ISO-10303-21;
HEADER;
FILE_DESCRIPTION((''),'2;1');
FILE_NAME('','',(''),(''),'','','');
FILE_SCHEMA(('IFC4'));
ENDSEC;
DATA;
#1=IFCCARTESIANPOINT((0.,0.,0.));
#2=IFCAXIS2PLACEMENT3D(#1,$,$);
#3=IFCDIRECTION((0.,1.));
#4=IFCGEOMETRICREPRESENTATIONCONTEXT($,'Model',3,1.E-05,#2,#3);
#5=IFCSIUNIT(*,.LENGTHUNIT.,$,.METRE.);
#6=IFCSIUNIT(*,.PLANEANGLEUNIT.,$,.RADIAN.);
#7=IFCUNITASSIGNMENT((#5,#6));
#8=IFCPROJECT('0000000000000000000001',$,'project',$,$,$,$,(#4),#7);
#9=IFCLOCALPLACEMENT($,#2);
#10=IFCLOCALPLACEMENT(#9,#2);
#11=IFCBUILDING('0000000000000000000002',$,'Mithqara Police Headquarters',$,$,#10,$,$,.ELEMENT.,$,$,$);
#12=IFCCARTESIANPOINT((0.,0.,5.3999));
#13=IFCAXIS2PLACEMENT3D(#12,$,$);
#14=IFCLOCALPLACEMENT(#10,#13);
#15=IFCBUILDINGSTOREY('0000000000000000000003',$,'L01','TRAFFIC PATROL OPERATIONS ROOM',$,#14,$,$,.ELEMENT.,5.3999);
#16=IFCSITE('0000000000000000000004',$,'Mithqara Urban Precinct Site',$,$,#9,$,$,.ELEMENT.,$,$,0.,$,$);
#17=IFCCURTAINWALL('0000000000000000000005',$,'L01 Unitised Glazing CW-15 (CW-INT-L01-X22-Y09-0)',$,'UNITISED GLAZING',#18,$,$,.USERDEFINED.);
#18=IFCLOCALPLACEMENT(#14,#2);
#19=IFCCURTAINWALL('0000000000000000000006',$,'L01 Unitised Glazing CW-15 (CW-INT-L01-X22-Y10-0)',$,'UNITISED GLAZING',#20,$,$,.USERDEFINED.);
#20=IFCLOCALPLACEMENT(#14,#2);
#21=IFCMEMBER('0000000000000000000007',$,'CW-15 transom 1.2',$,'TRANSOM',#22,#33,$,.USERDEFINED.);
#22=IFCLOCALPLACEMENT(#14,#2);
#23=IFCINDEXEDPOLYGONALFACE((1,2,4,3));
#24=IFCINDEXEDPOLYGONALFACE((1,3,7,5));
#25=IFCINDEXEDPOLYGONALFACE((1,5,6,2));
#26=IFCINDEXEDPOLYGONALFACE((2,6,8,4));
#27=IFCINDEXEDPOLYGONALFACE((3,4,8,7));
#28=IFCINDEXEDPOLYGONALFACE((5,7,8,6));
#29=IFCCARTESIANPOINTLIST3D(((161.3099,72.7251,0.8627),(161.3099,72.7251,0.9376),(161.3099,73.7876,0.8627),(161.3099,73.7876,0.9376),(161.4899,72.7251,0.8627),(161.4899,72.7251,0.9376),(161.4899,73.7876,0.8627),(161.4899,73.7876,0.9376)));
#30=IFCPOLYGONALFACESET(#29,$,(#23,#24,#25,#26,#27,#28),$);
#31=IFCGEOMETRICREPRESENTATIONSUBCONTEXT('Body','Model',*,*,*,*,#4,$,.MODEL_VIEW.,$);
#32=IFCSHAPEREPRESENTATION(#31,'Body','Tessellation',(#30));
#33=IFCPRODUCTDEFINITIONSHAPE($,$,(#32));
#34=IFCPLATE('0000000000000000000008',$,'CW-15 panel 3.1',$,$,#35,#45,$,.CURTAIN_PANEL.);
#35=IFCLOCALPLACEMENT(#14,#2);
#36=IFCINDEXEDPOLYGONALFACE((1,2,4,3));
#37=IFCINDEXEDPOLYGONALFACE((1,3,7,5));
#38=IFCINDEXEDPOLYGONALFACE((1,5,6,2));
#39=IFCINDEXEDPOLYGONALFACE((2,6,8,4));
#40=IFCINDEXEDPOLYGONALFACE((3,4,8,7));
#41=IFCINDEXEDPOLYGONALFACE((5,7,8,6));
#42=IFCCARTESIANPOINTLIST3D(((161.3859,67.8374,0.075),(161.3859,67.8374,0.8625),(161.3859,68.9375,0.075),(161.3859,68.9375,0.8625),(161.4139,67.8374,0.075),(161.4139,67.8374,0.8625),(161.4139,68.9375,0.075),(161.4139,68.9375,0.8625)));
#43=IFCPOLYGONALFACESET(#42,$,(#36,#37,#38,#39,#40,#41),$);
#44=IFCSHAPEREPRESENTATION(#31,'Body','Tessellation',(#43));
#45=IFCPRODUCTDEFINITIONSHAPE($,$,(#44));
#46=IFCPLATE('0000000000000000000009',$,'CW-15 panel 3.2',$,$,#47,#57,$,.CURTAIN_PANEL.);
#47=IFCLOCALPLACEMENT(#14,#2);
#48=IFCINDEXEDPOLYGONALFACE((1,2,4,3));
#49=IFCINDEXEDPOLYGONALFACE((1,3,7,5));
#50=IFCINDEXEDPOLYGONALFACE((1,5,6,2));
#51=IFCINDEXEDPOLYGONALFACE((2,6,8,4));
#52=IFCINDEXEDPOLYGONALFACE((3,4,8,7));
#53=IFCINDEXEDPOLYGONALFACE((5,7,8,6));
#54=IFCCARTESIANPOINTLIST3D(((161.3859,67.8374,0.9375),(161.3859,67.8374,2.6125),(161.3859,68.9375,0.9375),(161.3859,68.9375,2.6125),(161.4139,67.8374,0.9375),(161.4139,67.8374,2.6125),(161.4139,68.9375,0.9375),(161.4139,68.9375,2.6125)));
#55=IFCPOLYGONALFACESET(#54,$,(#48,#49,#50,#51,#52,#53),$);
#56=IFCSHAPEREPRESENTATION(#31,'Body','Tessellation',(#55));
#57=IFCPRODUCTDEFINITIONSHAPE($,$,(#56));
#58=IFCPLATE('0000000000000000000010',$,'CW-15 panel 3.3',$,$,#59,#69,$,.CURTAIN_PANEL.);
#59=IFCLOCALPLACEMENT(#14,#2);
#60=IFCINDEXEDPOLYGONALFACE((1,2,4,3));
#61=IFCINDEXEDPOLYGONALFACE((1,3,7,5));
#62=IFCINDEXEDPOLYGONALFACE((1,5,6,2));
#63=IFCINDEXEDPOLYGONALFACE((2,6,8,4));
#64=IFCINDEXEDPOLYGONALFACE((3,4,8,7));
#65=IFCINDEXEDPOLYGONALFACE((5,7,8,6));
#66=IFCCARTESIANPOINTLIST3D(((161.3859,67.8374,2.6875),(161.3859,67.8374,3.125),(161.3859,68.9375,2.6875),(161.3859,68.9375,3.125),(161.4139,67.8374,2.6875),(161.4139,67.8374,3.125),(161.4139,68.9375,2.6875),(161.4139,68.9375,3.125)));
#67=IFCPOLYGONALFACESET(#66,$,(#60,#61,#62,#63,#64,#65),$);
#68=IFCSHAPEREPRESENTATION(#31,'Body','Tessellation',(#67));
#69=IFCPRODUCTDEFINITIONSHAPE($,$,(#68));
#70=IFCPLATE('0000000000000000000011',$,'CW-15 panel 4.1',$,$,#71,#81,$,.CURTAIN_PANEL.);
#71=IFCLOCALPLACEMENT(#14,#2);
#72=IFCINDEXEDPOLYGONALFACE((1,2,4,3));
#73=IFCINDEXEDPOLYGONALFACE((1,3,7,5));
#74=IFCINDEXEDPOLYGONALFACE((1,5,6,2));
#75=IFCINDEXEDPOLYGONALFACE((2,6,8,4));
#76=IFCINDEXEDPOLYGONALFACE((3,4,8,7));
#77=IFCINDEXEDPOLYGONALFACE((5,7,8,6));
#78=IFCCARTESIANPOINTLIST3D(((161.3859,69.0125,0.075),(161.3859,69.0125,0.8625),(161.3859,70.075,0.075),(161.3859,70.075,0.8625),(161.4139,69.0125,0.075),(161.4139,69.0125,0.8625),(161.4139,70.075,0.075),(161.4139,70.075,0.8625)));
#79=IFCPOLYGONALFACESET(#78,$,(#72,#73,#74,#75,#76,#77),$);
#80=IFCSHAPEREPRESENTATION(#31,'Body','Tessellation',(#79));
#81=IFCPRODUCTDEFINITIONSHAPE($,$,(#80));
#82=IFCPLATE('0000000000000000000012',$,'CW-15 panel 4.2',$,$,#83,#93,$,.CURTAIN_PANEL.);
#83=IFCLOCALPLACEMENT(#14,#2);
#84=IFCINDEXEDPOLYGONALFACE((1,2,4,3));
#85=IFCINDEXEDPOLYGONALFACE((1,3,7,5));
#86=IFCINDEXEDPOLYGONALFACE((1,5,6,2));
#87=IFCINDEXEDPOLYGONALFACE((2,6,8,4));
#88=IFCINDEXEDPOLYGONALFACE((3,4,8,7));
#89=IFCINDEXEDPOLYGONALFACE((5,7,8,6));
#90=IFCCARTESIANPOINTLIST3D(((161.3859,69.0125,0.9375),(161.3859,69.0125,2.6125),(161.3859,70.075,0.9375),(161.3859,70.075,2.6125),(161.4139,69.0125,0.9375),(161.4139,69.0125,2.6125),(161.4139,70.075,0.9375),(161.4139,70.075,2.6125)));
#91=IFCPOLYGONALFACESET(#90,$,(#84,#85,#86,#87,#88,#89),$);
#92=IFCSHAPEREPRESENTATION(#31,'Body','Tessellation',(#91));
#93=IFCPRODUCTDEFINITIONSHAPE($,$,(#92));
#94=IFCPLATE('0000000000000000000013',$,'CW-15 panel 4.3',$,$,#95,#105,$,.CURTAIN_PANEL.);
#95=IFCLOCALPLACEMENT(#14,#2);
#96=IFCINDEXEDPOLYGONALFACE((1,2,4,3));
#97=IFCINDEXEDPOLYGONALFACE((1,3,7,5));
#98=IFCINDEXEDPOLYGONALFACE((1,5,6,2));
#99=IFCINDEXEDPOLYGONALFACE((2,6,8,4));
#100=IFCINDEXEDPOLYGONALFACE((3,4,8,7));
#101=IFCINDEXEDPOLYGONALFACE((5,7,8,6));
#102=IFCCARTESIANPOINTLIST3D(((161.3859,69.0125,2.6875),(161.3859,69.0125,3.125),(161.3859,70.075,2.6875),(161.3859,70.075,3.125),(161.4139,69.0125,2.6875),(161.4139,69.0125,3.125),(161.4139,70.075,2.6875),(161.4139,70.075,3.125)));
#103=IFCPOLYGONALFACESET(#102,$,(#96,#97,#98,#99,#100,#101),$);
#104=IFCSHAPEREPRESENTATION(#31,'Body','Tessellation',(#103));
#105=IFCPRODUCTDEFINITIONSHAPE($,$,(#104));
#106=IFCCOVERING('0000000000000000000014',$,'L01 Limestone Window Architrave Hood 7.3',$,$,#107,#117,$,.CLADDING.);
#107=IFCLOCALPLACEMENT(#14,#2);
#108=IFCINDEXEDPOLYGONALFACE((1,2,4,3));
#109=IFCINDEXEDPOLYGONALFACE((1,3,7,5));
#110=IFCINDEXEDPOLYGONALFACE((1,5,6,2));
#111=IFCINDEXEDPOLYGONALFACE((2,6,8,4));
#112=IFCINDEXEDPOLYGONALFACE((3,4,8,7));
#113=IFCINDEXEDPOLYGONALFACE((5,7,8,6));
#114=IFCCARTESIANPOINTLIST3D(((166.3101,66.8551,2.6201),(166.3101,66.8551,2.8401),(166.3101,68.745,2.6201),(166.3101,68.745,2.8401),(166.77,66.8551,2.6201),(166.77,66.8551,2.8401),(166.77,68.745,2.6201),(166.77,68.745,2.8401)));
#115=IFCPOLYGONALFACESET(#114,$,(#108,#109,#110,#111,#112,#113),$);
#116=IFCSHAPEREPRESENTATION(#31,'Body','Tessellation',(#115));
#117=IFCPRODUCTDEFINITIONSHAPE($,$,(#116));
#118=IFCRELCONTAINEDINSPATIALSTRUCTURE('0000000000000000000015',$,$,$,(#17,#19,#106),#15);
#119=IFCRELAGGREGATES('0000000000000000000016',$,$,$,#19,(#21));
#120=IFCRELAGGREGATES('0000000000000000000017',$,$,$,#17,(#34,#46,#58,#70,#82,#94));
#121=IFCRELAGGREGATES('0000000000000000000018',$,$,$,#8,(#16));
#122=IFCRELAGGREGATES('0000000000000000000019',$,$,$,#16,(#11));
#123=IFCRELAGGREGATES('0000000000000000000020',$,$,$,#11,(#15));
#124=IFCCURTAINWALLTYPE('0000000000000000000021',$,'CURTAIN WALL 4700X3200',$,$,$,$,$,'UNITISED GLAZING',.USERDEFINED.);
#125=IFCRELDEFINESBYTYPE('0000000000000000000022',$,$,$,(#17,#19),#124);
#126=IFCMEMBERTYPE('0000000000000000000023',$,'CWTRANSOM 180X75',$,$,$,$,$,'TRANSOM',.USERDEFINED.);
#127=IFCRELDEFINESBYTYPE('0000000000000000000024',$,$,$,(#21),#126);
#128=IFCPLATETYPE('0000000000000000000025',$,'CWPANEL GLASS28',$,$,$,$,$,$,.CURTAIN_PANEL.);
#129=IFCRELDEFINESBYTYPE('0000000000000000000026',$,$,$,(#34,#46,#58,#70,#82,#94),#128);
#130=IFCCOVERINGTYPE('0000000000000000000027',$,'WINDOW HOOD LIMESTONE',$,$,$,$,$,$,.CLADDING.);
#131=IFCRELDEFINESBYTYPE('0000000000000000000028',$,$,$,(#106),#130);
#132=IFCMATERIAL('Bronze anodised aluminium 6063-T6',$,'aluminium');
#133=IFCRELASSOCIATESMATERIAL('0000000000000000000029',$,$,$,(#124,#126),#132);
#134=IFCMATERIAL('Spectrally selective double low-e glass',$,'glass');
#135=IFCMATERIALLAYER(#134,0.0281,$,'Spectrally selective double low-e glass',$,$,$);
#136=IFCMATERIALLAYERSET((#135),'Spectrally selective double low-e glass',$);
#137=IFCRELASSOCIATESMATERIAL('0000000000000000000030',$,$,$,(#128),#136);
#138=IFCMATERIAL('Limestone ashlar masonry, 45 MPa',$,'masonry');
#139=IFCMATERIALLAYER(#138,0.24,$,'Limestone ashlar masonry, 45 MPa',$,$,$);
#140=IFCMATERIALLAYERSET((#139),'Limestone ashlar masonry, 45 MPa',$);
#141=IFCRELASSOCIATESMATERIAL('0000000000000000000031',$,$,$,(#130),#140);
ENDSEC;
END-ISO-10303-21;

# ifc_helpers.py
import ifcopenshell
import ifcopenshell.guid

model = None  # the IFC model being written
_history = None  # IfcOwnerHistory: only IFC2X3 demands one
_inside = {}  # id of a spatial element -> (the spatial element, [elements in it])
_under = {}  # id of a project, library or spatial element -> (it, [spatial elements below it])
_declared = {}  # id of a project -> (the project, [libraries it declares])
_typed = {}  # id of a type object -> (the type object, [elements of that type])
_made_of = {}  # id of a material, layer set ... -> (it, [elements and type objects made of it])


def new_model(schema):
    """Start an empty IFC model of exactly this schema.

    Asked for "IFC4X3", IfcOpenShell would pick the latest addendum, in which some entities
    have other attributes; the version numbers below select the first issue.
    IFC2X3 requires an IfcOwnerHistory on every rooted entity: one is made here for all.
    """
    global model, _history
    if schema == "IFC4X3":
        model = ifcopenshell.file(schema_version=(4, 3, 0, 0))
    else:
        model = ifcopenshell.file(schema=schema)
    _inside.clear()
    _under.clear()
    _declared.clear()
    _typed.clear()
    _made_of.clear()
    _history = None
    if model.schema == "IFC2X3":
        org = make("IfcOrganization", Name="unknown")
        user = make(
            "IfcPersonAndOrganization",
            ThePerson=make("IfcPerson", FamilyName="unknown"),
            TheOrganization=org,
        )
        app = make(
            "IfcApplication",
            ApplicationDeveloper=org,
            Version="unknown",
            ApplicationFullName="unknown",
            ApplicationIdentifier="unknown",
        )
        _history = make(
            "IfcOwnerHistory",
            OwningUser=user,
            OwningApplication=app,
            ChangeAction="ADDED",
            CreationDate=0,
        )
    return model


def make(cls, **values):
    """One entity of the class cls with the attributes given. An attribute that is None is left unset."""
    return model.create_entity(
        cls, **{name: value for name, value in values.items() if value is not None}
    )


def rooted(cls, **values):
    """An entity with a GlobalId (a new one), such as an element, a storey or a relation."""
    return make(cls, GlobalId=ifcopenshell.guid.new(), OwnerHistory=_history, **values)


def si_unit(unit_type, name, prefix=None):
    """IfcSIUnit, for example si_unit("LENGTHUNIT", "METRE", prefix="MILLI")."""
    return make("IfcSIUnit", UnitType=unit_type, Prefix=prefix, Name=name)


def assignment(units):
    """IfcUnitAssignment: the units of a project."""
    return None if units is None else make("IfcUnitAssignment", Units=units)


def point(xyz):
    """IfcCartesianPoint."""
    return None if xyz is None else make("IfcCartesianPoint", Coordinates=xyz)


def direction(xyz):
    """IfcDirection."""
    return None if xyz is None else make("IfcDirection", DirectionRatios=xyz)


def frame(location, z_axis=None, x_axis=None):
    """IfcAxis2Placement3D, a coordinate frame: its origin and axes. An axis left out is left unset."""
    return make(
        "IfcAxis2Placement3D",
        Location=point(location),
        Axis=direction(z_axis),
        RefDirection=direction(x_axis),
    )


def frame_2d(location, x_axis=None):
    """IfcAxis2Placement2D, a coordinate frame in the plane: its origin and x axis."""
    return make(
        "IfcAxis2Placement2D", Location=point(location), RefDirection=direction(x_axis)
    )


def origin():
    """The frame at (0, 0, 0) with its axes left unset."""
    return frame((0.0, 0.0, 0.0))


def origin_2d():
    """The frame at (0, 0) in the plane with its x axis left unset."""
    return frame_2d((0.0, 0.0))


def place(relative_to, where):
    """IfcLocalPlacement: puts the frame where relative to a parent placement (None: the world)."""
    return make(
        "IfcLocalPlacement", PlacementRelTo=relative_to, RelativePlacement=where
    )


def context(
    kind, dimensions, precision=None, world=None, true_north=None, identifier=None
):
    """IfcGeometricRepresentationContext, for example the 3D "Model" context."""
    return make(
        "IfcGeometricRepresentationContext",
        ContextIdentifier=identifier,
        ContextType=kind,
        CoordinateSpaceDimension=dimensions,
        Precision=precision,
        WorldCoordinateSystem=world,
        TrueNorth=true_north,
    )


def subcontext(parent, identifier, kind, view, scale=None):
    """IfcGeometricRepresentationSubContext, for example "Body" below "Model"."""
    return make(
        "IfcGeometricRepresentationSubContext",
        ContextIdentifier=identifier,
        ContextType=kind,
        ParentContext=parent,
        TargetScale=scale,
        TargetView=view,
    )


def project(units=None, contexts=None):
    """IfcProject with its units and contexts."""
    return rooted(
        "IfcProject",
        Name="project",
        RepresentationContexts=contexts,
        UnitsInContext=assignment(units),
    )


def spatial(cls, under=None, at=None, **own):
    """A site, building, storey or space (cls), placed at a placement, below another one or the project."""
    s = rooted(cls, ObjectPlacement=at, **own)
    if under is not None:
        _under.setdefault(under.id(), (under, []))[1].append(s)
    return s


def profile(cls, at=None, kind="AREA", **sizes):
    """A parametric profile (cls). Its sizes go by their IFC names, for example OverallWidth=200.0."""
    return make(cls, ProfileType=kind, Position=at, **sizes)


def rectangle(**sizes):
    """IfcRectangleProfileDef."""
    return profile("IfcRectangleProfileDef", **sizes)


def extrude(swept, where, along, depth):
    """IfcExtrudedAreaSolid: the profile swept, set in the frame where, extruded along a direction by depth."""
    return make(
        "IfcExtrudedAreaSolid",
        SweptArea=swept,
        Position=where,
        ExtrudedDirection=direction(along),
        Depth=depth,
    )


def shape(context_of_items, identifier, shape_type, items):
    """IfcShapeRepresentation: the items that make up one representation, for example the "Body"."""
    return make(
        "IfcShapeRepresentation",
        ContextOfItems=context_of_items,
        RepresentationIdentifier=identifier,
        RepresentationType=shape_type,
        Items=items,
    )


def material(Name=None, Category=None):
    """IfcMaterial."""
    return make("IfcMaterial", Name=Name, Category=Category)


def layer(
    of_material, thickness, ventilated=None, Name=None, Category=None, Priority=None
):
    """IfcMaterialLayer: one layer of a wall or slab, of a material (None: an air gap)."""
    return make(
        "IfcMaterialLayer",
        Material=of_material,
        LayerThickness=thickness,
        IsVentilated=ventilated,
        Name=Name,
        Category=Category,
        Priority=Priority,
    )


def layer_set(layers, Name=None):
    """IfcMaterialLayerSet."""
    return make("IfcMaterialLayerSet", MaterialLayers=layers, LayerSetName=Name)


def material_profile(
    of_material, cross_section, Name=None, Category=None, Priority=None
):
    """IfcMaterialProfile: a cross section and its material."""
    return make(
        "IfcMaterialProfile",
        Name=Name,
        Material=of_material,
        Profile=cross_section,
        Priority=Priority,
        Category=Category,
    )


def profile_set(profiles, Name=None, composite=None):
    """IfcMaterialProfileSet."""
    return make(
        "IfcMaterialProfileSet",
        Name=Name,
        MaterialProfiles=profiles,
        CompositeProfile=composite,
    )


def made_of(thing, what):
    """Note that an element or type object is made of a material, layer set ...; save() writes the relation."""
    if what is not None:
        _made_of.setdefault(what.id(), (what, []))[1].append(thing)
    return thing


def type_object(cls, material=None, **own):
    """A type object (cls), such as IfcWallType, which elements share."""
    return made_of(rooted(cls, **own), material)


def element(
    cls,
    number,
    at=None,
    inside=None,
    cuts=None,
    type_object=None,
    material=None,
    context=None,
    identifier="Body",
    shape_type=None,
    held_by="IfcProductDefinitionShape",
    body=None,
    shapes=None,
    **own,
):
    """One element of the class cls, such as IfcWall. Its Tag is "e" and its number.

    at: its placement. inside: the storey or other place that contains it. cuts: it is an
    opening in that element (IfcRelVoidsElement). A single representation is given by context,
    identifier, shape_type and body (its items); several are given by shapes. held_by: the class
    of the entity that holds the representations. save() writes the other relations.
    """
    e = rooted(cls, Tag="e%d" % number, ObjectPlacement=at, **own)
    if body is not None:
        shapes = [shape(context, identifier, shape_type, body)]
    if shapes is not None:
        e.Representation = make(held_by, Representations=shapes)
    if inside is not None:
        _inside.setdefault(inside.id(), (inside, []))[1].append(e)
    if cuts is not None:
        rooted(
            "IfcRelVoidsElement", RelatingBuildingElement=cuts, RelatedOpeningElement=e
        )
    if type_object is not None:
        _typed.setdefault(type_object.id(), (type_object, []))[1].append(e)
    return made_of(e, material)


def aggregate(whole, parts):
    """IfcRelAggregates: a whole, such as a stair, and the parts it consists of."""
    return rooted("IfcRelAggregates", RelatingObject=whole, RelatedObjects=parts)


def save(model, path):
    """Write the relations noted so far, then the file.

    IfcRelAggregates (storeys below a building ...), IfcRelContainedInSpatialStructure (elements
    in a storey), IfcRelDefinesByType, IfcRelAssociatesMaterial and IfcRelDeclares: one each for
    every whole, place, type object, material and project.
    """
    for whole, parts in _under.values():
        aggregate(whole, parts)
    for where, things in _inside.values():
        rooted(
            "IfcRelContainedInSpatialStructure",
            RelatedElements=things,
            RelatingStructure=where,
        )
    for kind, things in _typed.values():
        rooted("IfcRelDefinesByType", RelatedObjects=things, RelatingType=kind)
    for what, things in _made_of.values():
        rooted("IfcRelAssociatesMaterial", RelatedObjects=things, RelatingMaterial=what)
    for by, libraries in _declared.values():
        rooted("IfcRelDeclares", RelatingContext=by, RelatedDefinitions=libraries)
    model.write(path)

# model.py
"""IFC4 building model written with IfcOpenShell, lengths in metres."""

from ifc_helpers import new_model, si_unit, direction, frame, origin, origin_2d, place, context, subcontext, project, spatial, rectangle, extrude, material, layer, layer_set, material_profile, profile_set, type_object, element, aggregate, save


model = new_model("IFC4")

# Units and contexts
model_context = context("Model", 3, precision=1e-05, world=origin(), true_north=direction((0.0, 1.0)))
body_context = subcontext(model_context, "Body", "Model", "MODEL_VIEW")
ifc_project = project(units=[si_unit("LENGTHUNIT", "METRE"), si_unit("PLANEANGLEUNIT", "RADIAN")], contexts=[model_context])

# Site, building, storey
site_placement = place(None, origin())
site = spatial("IfcSite", under=ifc_project, at=site_placement, Name="Mithqara Urban Precinct Site", CompositionType="ELEMENT", RefElevation=0.0)
building_placement = place(site_placement, origin())
building = spatial("IfcBuilding", under=site, at=building_placement, Name="Mithqara Police Headquarters", CompositionType="ELEMENT")
storey_placement = place(building_placement, frame((0.0, 0.0, 5.3999)))
storey = spatial("IfcBuildingStorey", under=building, at=storey_placement, Name="L01", Description="TRAFFIC PATROL OPERATIONS ROOM", CompositionType="ELEMENT", Elevation=5.3999)

# Curtain wall
ifc_material_1 = material(Name="Bronze anodised aluminium 6063-T6", Category="aluminium")
curtain_wall_type = type_object("IfcCurtainWallType", Name="CURTAIN WALL 4700X3200", ElementType="UNITISED GLAZING", PredefinedType="USERDEFINED", material=ifc_material_1)
curtain_wall_1_placement = place(storey_placement, origin())
curtain_wall_1 = element("IfcCurtainWall", 1, at=curtain_wall_1_placement, inside=storey, type_object=curtain_wall_type, Name="L01 Unitised Glazing CW-15 (CW-INT-L01-X22-Y09-0)", ObjectType="UNITISED GLAZING", PredefinedType="USERDEFINED")

# Curtain wall
curtain_wall_2_placement = place(storey_placement, origin())
curtain_wall_2 = element("IfcCurtainWall", 2, at=curtain_wall_2_placement, inside=storey, type_object=curtain_wall_type, Name="L01 Unitised Glazing CW-15 (CW-INT-L01-X22-Y10-0)", ObjectType="UNITISED GLAZING", PredefinedType="USERDEFINED")

# Member
ifc_material_profile_1 = material_profile(ifc_material_1, rectangle(XDim=0.1799, YDim=0.075, at=origin_2d()), Name="CWT 180x75")
ifc_profile_set_1 = profile_set([ifc_material_profile_1], Name="Bronze anodised aluminium 6063-T6")
member_type_1 = type_object("IfcMemberType", Name="CWTRANSOM 180X75", ElementType="TRANSOM", PredefinedType="USERDEFINED", material=ifc_profile_set_1)
member_1_placement = place(storey_placement, frame((161.3999, 72.7251, 0.9001), z_axis=(0.0, 1.0, 0.0), x_axis=(-1.0, 0.0, 0.0)))
member_1 = element("IfcMember", 3, at=member_1_placement, type_object=member_type_1, Name="CW-15 transom 1.2", ObjectType="TRANSOM", PredefinedType="USERDEFINED", context=body_context, shape_type="SweptSolid", body=[
    extrude(rectangle(XDim=0.1799, YDim=0.075, at=origin_2d()), origin(), (0.0, 0.0, 1.0), 1.0625),
])
aggregate(curtain_wall_2, [member_1])

# Plates
ifc_material_2 = material(Name="Spectrally selective double low-e glass", Category="glass")
ifc_layer_1 = layer(ifc_material_2, 0.0281, Name="Spectrally selective double low-e glass")
ifc_layer_set_1 = layer_set([ifc_layer_1], Name="Spectrally selective double low-e glass")
plate_type = type_object("IfcPlateType", Name="CWPANEL GLASS28", PredefinedType="CURTAIN_PANEL", material=ifc_layer_set_1)
plate_1_placement = place(storey_placement, frame((161.3999, 68.3875, 0.075), z_axis=(0.0, 0.0, 1.0), x_axis=(0.0, 1.0, 0.0)))
plate_1 = element("IfcPlate", 4, at=plate_1_placement, type_object=plate_type, Name="CW-15 panel 3.1", PredefinedType="CURTAIN_PANEL", context=body_context, shape_type="SweptSolid", body=[
    extrude(rectangle(XDim=1.1001, YDim=0.0281, at=origin_2d()), origin(), (0.0, 0.0, 1.0), 0.7876),
])
plate_2_placement = place(storey_placement, frame((161.3999, 68.3875, 0.9375), z_axis=(0.0, 0.0, 1.0), x_axis=(0.0, 1.0, 0.0)))
plate_2 = element("IfcPlate", 5, at=plate_2_placement, type_object=plate_type, Name="CW-15 panel 3.2", PredefinedType="CURTAIN_PANEL", context=body_context, shape_type="SweptSolid", body=[
    extrude(rectangle(XDim=1.1001, YDim=0.0281, at=origin_2d()), origin(), (0.0, 0.0, 1.0), 1.675),
])
plate_3_placement = place(storey_placement, frame((161.3999, 68.3875, 2.6875), z_axis=(0.0, 0.0, 1.0), x_axis=(0.0, 1.0, 0.0)))
plate_3 = element("IfcPlate", 6, at=plate_3_placement, type_object=plate_type, Name="CW-15 panel 3.3", PredefinedType="CURTAIN_PANEL", context=body_context, shape_type="SweptSolid", body=[
    extrude(rectangle(XDim=1.1001, YDim=0.0281, at=origin_2d()), origin(), (0.0, 0.0, 1.0), 0.4375),
])
plate_4_placement = place(storey_placement, frame((161.3999, 69.5437, 0.075), z_axis=(0.0, 0.0, 1.0), x_axis=(0.0, 1.0, 0.0)))
plate_4 = element("IfcPlate", 7, at=plate_4_placement, type_object=plate_type, Name="CW-15 panel 4.1", PredefinedType="CURTAIN_PANEL", context=body_context, shape_type="SweptSolid", body=[
    extrude(rectangle(XDim=1.0625, YDim=0.0281, at=origin_2d()), origin(), (0.0, 0.0, 1.0), 0.7876),
])
plate_5_placement = place(storey_placement, frame((161.3999, 69.5437, 0.9375), z_axis=(0.0, 0.0, 1.0), x_axis=(0.0, 1.0, 0.0)))
plate_5 = element("IfcPlate", 8, at=plate_5_placement, type_object=plate_type, Name="CW-15 panel 4.2", PredefinedType="CURTAIN_PANEL", context=body_context, shape_type="SweptSolid", body=[
    extrude(rectangle(XDim=1.0625, YDim=0.0281, at=origin_2d()), origin(), (0.0, 0.0, 1.0), 1.675),
])
plate_6_placement = place(storey_placement, frame((161.3999, 69.5437, 2.6875), z_axis=(0.0, 0.0, 1.0), x_axis=(0.0, 1.0, 0.0)))
plate_6 = element("IfcPlate", 9, at=plate_6_placement, type_object=plate_type, Name="CW-15 panel 4.3", PredefinedType="CURTAIN_PANEL", context=body_context, shape_type="SweptSolid", body=[
    extrude(rectangle(XDim=1.0625, YDim=0.0281, at=origin_2d()), origin(), (0.0, 0.0, 1.0), 0.4375),
])
aggregate(curtain_wall_1, [plate_1, plate_2, plate_3, plate_4, plate_5, plate_6])

# Covering
ifc_material_3 = material(Name="Limestone ashlar masonry, 45 MPa", Category="masonry")
ifc_layer_2 = layer(ifc_material_3, 0.24, Name="Limestone ashlar masonry, 45 MPa")
ifc_layer_set_2 = layer_set([ifc_layer_2], Name="Limestone ashlar masonry, 45 MPa")
covering_type = type_object("IfcCoveringType", Name="WINDOW HOOD LIMESTONE", PredefinedType="CLADDING", material=ifc_layer_set_2)
covering_placement = place(storey_placement, frame((166.54, 67.8, 2.6201), z_axis=(0.0, 0.0, 1.0), x_axis=(0.0, 1.0, 0.0)))
element("IfcCovering", 10, at=covering_placement, inside=storey, type_object=covering_type, Name="L01 Limestone Window Architrave Hood 7.3", PredefinedType="CLADDING", context=body_context, shape_type="SweptSolid", body=[
    extrude(rectangle(XDim=1.8899, YDim=0.46, at=origin_2d()), origin(), (0.0, 0.0, 1.0), 0.22),
])

save(model, "model.ifc")
